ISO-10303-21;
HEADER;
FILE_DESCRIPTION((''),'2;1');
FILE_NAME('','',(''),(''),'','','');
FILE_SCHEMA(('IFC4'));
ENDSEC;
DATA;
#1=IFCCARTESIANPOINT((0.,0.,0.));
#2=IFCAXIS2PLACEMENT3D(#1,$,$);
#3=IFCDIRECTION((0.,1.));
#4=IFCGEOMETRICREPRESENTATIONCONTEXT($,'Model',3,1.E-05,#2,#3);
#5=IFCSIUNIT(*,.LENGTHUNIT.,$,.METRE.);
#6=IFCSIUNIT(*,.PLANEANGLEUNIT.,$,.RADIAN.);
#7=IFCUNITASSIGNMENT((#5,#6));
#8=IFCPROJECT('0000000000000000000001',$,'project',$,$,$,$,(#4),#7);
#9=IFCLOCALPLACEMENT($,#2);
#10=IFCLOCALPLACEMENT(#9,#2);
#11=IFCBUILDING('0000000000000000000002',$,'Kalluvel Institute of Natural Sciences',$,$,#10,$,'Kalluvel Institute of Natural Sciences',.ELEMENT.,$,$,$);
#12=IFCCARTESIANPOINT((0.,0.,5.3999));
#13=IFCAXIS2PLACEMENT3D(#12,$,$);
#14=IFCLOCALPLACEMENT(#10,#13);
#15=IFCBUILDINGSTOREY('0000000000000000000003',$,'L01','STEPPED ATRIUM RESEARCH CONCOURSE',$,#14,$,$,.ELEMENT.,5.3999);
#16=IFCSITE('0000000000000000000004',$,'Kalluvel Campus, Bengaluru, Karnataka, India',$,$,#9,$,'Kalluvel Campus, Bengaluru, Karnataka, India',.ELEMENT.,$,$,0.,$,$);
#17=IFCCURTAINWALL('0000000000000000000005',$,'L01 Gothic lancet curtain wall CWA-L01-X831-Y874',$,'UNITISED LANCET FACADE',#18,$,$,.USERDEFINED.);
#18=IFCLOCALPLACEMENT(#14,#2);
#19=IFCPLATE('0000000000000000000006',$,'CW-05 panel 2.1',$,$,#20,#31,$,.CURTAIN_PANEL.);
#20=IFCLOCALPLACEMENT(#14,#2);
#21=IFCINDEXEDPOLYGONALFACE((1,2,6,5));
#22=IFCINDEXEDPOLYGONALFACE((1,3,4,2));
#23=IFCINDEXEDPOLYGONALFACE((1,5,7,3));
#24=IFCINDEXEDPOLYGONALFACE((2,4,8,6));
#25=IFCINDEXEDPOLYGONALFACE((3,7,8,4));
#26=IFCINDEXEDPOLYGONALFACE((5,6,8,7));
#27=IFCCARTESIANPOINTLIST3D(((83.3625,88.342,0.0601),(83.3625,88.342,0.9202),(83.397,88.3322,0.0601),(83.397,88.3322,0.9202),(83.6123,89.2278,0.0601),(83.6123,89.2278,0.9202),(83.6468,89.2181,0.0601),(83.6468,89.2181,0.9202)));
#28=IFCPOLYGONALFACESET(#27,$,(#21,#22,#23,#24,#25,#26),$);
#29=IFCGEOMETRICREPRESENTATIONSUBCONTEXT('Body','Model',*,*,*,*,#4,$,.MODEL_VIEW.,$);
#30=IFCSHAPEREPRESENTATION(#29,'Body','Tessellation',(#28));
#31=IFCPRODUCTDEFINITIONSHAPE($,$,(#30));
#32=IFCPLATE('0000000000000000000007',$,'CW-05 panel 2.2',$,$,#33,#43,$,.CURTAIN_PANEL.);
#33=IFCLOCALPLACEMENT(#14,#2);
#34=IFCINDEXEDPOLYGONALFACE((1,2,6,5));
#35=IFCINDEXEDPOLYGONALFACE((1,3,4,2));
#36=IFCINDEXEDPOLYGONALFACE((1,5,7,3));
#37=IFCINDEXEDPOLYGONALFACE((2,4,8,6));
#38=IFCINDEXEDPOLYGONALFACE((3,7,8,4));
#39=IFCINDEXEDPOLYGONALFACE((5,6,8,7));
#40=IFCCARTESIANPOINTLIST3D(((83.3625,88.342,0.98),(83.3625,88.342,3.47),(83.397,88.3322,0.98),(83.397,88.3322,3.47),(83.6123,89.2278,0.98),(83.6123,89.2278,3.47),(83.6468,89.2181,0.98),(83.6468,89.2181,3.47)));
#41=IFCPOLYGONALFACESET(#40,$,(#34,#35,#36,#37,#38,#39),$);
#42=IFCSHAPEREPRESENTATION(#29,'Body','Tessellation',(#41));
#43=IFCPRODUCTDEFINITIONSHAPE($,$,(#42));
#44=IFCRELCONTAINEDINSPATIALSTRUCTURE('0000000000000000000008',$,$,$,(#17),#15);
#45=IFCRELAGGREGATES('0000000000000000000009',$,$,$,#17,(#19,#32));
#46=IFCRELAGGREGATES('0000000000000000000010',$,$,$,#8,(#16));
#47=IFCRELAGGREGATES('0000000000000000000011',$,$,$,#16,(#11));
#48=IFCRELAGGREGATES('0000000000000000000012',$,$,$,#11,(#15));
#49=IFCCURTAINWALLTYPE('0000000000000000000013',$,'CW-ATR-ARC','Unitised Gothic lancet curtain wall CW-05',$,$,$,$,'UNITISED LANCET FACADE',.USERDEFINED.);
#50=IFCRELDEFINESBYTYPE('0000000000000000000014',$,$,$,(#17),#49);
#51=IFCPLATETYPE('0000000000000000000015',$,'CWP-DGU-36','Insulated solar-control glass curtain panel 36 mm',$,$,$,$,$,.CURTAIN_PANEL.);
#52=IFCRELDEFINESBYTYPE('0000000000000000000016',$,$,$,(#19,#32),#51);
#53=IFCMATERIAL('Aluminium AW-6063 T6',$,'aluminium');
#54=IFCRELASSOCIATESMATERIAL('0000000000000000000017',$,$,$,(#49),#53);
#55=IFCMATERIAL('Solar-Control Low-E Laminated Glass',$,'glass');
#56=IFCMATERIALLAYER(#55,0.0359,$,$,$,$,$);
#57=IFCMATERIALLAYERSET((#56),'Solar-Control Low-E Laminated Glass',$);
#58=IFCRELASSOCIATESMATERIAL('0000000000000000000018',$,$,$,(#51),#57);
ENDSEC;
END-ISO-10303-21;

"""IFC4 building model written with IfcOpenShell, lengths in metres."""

from ifc_helpers import new_model, si_unit, direction, frame, origin, origin_2d, place, context, subcontext, project, spatial, rectangle, extrude, material, layer, layer_set, type_object, element, aggregate, save


model = new_model("IFC4")

# Units and contexts
model_context = context("Model", 3, precision=1e-05, world=origin(), true_north=direction((0.0, 1.0)))
body_context = subcontext(model_context, "Body", "Model", "MODEL_VIEW")
ifc_project = project(units=[si_unit("LENGTHUNIT", "METRE"), si_unit("PLANEANGLEUNIT", "RADIAN")], contexts=[model_context])

# Site, building, storey
site_placement = place(None, origin())
site = spatial("IfcSite", under=ifc_project, at=site_placement, Name="Kalluvel Campus, Bengaluru, Karnataka, India", LongName="Kalluvel Campus, Bengaluru, Karnataka, India", CompositionType="ELEMENT", RefElevation=0.0)
building_placement = place(site_placement, origin())
building = spatial("IfcBuilding", under=site, at=building_placement, Name="Kalluvel Institute of Natural Sciences", LongName="Kalluvel Institute of Natural Sciences", CompositionType="ELEMENT")
storey_placement = place(building_placement, frame((0.0, 0.0, 5.3999)))
storey = spatial("IfcBuildingStorey", under=building, at=storey_placement, Name="L01", Description="STEPPED ATRIUM RESEARCH CONCOURSE", CompositionType="ELEMENT", Elevation=5.3999)

# Curtain wall
ifc_material_1 = material(Name="Aluminium AW-6063 T6", Category="aluminium")
curtain_wall_type = type_object("IfcCurtainWallType", Name="CW-ATR-ARC", Description="Unitised Gothic lancet curtain wall CW-05", ElementType="UNITISED LANCET FACADE", PredefinedType="USERDEFINED", material=ifc_material_1)
curtain_wall_1_placement = place(storey_placement, origin())
curtain_wall_1 = element("IfcCurtainWall", 1, at=curtain_wall_1_placement, inside=storey, type_object=curtain_wall_type, Name="L01 Gothic lancet curtain wall CWA-L01-X831-Y874", ObjectType="UNITISED LANCET FACADE", PredefinedType="USERDEFINED")

# Plates
ifc_material_2 = material(Name="Solar-Control Low-E Laminated Glass", Category="glass")
ifc_layer = layer(ifc_material_2, 0.0359)
ifc_layer_set = layer_set([ifc_layer], Name="Solar-Control Low-E Laminated Glass")
plate_type = type_object("IfcPlateType", Name="CWP-DGU-36", Description="Insulated solar-control glass curtain panel 36 mm", PredefinedType="CURTAIN_PANEL", material=ifc_layer_set)
plate_1_placement = place(storey_placement, frame((83.5046, 88.78, 0.0601), z_axis=(0.0, 0.0, 1.0), x_axis=(0.27144, 0.962455, 0.0)))
plate_1 = element("IfcPlate", 2, at=plate_1_placement, type_object=plate_type, Name="CW-05 panel 2.1", PredefinedType="CURTAIN_PANEL", context=body_context, shape_type="SweptSolid", body=[
    extrude(rectangle(XDim=0.9204, YDim=0.0359, at=origin_2d()), origin(), (0.0, 0.0, 1.0), 0.8601),
])
plate_2_placement = place(storey_placement, frame((83.5046, 88.78, 0.98), z_axis=(0.0, 0.0, 1.0), x_axis=(0.27144, 0.962455, 0.0)))
plate_2 = element("IfcPlate", 3, at=plate_2_placement, type_object=plate_type, Name="CW-05 panel 2.2", PredefinedType="CURTAIN_PANEL", context=body_context, shape_type="SweptSolid", body=[
    extrude(rectangle(XDim=0.9204, YDim=0.0359, at=origin_2d()), origin(), (0.0, 0.0, 1.0), 2.49),
])
aggregate(curtain_wall_1, [plate_1, plate_2])

save(model, "model.ifc")
